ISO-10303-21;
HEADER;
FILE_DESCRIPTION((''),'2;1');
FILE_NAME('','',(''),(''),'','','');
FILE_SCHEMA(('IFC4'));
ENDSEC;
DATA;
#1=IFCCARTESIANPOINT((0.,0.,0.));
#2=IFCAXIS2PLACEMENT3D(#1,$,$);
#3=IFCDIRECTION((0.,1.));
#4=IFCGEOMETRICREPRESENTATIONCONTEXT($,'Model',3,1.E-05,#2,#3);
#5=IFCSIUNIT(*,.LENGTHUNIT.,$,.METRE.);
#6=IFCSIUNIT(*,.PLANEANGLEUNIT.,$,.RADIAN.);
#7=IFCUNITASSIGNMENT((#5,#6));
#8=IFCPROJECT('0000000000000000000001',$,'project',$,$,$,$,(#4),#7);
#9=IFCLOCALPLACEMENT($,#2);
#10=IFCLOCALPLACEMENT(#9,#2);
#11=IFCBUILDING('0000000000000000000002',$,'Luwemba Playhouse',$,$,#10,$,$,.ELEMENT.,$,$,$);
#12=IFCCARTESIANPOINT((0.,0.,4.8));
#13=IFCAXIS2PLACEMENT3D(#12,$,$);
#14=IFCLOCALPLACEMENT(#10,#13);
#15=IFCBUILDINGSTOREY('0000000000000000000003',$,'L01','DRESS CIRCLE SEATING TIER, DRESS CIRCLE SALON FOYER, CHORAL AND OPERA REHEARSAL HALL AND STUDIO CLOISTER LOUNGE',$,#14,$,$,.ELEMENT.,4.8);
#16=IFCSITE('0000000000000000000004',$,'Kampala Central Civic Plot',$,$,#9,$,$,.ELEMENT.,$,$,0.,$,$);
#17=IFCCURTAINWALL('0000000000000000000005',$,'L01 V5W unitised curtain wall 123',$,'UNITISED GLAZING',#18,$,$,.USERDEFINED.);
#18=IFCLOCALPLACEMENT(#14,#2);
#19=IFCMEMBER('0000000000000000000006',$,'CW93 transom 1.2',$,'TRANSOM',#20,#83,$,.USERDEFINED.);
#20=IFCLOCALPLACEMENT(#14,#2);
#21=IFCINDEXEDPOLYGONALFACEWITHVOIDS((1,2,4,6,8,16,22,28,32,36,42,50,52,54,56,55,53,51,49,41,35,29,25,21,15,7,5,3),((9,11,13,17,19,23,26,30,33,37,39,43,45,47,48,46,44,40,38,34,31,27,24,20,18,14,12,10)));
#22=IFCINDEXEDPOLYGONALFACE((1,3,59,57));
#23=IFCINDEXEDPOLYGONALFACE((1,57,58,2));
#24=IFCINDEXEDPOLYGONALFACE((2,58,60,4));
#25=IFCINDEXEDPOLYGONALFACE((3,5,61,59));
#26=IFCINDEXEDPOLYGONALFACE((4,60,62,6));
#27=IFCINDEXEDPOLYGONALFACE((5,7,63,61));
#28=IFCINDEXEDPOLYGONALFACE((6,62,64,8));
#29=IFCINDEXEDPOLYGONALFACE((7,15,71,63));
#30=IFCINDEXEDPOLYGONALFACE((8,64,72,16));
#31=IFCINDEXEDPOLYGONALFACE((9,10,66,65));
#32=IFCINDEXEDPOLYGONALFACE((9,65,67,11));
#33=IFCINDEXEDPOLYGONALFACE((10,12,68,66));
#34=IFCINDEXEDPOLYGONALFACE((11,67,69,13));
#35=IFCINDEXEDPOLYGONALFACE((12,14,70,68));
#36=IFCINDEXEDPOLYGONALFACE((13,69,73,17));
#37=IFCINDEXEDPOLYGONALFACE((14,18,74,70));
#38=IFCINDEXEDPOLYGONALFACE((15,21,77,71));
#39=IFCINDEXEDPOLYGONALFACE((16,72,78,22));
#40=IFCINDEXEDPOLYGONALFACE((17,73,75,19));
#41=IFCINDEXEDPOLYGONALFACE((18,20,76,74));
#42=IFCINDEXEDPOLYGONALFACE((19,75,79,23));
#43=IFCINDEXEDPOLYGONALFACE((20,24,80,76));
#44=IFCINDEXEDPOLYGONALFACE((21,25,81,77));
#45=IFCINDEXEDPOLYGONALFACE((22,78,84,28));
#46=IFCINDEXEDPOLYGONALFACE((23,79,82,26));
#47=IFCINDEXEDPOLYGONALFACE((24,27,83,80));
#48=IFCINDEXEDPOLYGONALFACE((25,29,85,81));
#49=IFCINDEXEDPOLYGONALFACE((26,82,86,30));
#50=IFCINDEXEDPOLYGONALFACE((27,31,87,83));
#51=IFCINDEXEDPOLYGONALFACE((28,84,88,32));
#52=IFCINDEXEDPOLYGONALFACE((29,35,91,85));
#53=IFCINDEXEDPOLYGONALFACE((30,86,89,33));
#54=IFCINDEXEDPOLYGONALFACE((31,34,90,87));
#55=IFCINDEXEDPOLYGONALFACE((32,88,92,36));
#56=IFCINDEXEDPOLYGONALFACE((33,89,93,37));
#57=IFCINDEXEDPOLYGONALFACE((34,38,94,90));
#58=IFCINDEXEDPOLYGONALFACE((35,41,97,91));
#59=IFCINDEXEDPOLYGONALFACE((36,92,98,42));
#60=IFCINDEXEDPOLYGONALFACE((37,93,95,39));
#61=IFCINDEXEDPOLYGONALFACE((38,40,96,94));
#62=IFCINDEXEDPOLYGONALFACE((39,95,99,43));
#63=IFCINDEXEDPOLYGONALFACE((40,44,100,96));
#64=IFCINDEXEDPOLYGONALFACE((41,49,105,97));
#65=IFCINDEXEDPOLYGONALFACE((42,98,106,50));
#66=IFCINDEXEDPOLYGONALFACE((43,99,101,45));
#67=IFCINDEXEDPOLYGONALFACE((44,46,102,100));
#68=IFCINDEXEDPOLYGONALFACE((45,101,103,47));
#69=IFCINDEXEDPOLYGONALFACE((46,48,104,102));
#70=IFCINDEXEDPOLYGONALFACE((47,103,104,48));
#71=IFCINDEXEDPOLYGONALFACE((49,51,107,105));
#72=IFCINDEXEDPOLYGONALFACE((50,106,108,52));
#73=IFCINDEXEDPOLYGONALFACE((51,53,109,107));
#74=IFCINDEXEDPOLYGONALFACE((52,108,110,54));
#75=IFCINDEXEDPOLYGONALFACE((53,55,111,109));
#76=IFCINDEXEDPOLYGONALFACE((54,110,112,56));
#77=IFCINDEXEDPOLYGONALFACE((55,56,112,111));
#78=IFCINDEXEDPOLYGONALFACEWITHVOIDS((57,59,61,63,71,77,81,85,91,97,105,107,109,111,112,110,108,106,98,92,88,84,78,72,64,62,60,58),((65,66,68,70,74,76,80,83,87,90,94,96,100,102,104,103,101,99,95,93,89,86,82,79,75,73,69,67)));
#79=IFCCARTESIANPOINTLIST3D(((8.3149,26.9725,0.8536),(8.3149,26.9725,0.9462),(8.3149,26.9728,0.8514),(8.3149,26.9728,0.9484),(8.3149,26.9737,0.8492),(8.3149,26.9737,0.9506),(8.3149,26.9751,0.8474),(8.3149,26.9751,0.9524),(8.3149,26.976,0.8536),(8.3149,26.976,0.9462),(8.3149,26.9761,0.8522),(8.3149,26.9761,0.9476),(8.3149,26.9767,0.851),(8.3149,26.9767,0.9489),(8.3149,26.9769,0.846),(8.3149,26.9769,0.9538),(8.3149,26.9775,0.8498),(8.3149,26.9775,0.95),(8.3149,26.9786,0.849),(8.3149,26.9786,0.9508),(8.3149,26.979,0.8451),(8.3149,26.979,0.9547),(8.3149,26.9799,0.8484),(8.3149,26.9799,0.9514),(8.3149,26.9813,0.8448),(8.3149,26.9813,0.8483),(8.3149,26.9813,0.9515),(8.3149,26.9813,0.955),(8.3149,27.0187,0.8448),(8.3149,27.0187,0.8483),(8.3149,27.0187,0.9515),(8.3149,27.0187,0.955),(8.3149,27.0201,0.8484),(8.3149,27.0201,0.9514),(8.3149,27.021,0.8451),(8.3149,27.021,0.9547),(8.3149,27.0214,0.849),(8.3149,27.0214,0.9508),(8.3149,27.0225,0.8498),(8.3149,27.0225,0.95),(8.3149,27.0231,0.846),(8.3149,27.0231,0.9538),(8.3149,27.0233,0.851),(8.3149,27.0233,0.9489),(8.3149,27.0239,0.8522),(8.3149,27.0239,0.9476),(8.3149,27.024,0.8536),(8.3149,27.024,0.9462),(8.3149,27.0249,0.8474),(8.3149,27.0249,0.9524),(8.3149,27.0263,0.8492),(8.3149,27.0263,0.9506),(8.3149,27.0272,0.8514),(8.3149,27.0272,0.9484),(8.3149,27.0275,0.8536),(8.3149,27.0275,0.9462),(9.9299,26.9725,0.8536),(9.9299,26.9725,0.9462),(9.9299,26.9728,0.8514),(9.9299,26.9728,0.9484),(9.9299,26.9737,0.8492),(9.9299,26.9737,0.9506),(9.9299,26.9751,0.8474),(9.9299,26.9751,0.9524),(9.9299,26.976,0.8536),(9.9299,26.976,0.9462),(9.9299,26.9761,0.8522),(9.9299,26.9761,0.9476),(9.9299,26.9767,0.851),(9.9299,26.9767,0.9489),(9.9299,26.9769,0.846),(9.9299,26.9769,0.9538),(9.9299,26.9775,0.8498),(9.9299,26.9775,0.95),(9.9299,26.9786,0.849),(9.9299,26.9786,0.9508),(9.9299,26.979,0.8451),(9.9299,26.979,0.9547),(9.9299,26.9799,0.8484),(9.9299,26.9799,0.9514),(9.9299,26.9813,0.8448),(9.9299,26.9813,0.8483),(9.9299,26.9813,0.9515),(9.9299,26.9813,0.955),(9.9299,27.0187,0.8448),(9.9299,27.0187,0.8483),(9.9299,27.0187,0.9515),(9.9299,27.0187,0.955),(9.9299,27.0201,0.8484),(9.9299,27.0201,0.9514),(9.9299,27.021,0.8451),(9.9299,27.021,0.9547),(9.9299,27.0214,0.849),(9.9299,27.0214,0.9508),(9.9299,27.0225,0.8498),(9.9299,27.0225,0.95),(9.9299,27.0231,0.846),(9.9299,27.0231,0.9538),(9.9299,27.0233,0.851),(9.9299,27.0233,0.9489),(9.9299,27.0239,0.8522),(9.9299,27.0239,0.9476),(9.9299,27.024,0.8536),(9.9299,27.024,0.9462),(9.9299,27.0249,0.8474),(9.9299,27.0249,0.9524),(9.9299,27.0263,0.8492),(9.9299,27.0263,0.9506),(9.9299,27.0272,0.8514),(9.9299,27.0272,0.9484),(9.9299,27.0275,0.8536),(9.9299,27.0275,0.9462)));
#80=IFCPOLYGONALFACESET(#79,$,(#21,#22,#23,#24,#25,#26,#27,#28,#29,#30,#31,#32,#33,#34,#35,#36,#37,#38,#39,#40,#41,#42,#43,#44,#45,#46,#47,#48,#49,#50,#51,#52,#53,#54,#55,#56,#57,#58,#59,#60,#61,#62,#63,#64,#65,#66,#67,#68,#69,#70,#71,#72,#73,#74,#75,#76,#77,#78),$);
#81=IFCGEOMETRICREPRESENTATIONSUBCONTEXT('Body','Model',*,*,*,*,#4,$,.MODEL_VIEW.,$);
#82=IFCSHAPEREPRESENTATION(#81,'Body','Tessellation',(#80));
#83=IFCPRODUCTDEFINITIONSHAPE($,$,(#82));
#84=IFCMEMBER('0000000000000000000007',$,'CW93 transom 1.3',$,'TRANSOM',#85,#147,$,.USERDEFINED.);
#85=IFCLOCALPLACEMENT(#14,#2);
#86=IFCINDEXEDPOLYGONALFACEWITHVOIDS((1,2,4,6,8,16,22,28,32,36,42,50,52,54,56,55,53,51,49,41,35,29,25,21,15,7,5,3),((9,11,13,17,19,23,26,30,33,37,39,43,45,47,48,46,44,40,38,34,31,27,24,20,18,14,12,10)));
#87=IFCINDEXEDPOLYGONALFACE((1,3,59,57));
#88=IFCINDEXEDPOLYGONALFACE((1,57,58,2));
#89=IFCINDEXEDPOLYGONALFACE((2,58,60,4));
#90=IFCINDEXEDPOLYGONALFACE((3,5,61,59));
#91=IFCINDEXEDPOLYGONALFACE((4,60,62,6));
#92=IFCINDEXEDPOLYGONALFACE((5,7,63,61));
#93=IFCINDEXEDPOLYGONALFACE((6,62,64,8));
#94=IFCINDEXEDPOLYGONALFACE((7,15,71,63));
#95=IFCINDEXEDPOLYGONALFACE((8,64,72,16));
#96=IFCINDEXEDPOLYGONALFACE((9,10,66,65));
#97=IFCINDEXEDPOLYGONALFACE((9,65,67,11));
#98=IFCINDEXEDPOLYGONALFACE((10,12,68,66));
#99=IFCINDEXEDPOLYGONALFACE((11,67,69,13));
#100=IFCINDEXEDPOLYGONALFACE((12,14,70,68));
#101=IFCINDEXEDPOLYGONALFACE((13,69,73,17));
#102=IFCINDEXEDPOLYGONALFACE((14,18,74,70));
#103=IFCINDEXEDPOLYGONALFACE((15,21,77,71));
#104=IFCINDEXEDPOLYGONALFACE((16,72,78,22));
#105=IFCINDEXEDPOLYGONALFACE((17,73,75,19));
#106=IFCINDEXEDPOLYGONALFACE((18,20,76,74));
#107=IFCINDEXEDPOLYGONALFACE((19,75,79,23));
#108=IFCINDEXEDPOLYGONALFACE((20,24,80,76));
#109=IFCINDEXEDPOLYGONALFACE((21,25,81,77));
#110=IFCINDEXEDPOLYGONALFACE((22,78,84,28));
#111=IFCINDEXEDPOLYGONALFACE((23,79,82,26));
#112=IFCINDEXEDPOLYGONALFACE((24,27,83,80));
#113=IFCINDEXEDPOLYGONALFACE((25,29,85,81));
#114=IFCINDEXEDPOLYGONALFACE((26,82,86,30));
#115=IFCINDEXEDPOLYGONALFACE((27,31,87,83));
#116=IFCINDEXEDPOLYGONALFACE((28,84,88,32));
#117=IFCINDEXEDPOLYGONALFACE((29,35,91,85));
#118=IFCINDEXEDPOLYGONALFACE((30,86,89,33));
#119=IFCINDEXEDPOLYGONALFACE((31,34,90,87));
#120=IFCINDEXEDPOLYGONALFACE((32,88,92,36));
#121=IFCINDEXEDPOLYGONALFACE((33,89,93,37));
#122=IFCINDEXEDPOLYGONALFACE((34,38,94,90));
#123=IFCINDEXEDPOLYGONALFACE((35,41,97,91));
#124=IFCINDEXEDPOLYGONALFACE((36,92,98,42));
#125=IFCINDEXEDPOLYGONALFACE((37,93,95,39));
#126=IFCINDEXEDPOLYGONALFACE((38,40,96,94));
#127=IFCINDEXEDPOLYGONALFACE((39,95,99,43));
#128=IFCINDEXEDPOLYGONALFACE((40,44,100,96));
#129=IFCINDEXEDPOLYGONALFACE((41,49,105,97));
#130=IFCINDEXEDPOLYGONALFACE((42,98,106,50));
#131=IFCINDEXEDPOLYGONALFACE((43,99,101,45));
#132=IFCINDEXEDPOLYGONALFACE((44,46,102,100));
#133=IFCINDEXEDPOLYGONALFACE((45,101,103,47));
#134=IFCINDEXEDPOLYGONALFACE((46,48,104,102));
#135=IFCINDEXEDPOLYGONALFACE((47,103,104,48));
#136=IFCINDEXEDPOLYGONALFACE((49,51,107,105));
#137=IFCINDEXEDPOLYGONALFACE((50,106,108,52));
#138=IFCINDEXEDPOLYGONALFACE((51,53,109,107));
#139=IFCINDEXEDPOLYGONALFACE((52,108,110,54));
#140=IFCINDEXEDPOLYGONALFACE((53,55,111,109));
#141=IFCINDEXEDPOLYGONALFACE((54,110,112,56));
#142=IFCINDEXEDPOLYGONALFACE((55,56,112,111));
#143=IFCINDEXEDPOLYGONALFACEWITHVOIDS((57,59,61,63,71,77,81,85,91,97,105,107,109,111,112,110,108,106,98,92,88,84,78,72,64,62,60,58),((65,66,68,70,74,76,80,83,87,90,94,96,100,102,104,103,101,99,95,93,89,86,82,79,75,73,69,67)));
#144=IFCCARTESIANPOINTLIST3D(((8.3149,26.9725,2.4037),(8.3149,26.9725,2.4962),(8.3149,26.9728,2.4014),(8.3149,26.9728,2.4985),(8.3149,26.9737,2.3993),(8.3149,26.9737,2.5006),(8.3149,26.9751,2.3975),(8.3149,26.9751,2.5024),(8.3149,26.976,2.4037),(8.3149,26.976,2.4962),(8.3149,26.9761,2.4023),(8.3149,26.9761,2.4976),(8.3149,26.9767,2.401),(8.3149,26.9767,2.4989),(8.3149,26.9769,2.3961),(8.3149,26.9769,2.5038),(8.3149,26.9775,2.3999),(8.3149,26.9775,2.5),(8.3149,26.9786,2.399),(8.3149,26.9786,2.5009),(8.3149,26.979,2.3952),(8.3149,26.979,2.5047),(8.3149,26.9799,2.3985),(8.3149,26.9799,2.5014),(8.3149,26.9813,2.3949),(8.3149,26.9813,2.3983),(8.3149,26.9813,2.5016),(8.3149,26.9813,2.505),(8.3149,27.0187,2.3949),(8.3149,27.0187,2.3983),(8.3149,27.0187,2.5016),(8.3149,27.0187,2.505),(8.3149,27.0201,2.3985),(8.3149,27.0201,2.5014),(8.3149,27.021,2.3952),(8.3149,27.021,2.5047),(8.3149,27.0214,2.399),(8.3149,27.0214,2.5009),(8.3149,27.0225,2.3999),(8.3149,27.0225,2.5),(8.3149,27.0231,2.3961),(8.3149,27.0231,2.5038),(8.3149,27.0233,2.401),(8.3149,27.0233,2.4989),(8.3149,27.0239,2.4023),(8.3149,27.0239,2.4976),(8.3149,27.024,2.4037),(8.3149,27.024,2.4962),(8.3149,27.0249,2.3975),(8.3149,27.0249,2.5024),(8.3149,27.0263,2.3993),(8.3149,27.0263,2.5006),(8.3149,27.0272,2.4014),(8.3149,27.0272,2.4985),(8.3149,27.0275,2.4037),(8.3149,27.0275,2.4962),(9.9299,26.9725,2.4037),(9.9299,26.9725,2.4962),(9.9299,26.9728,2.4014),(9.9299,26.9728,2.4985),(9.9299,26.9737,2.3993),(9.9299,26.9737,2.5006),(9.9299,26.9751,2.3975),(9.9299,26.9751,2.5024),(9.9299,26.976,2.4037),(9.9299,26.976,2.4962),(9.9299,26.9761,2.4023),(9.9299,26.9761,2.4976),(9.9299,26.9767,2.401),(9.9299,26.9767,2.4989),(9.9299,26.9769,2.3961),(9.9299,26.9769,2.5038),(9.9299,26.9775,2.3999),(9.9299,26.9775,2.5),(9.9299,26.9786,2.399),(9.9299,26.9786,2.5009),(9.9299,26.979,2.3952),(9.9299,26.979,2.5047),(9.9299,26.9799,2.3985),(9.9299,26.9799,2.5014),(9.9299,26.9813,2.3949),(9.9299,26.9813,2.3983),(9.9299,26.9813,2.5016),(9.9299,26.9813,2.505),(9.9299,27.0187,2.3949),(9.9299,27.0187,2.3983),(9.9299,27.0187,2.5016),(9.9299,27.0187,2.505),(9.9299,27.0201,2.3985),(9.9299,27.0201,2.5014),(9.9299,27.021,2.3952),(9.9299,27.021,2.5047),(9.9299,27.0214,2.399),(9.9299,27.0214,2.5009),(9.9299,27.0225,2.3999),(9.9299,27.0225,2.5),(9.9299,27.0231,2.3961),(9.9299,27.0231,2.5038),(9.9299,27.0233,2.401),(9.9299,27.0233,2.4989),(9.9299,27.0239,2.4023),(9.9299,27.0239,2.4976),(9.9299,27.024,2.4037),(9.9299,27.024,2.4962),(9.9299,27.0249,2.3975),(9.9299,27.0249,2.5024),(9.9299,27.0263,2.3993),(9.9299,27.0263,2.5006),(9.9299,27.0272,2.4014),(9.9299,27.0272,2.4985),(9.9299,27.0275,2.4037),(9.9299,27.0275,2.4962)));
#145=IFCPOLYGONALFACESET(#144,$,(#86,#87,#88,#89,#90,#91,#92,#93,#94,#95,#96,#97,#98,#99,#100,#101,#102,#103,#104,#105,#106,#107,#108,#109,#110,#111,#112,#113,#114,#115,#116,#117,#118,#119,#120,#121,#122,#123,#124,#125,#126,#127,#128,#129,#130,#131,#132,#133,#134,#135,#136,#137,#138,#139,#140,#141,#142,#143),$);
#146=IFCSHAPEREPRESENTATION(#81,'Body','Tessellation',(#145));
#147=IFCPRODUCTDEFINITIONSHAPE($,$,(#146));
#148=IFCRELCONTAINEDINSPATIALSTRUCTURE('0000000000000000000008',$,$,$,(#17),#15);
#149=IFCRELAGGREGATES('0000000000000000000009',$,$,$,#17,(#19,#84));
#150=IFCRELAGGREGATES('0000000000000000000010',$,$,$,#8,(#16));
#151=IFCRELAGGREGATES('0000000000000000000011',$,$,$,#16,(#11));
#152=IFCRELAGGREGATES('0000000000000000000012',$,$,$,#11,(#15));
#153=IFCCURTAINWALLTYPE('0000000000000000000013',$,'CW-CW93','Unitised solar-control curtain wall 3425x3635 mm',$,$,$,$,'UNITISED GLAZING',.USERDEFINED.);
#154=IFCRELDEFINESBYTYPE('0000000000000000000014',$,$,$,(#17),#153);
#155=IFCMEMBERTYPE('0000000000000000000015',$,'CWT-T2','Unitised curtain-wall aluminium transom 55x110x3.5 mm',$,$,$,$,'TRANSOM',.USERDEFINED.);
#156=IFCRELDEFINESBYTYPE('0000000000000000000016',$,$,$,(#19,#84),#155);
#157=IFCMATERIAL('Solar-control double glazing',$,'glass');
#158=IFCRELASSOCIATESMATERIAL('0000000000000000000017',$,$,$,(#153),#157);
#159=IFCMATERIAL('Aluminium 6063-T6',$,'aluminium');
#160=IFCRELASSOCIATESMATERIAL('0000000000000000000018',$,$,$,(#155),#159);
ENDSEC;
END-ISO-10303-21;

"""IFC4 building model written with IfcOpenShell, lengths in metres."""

from ifc_helpers import new_model, si_unit, direction, frame, origin, origin_2d, place, context, subcontext, project, spatial, hollow_rectangle, extrude, material, material_profile, profile_set, type_object, element, aggregate, save


model = new_model("IFC4")

# Units and contexts
model_context = context("Model", 3, precision=1e-05, world=origin(), true_north=direction((0.0, 1.0)))
body_context = subcontext(model_context, "Body", "Model", "MODEL_VIEW")
ifc_project = project(units=[si_unit("LENGTHUNIT", "METRE"), si_unit("PLANEANGLEUNIT", "RADIAN")], contexts=[model_context])

# Site, building, storey
site_placement = place(None, origin())
site = spatial("IfcSite", under=ifc_project, at=site_placement, Name="Kampala Central Civic Plot", CompositionType="ELEMENT", RefElevation=0.0)
building_placement = place(site_placement, origin())
building = spatial("IfcBuilding", under=site, at=building_placement, Name="Luwemba Playhouse", CompositionType="ELEMENT")
storey_placement = place(building_placement, frame((0.0, 0.0, 4.8)))
storey = spatial("IfcBuildingStorey", under=building, at=storey_placement, Name="L01", Description="DRESS CIRCLE SEATING TIER, DRESS CIRCLE SALON FOYER, CHORAL AND OPERA REHEARSAL HALL AND STUDIO CLOISTER LOUNGE", CompositionType="ELEMENT", Elevation=4.8)

# Shared definitions
ifc_material_1 = material(Name="Solar-control double glazing", Category="glass")
ifc_material_2 = material(Name="Aluminium 6063-T6", Category="aluminium")

# Curtain wall
curtain_wall_type_1 = type_object("IfcCurtainWallType", Name="CW-CW93", Description="Unitised solar-control curtain wall 3425x3635 mm", ElementType="UNITISED GLAZING", PredefinedType="USERDEFINED", material=ifc_material_1)
curtain_wall_1_placement = place(storey_placement, origin())
curtain_wall_1 = element("IfcCurtainWall", 1, at=curtain_wall_1_placement, inside=storey, type_object=curtain_wall_type_1, Name="L01 V5W unitised curtain wall 123", ObjectType="UNITISED GLAZING", PredefinedType="USERDEFINED")

# Members
ifc_material_profile_1 = material_profile(ifc_material_2, hollow_rectangle(XDim=0.0549, YDim=0.1101, WallThickness=0.0034, InnerFilletRadius=0.0054, OuterFilletRadius=0.0088, at=origin_2d()))
ifc_profile_set_1 = profile_set([ifc_material_profile_1], Name="Aluminium 6063-T6")
member_type_1 = type_object("IfcMemberType", Name="CWT-T2", Description="Unitised curtain-wall aluminium transom 55x110x3.5 mm", ElementType="TRANSOM", PredefinedType="USERDEFINED", material=ifc_profile_set_1)
member_1_placement = place(storey_placement, frame((8.3149, 27.0, 0.8999), z_axis=(1.0, 0.0, 0.0), x_axis=(0.0, 1.0, 0.0)))
member_1 = element("IfcMember", 2, at=member_1_placement, type_object=member_type_1, Name="CW93 transom 1.2", ObjectType="TRANSOM", PredefinedType="USERDEFINED", context=body_context, shape_type="SweptSolid", body=[
    extrude(hollow_rectangle(XDim=0.0549, YDim=0.1101, WallThickness=0.0034, InnerFilletRadius=0.0054, OuterFilletRadius=0.0088, at=origin_2d()), origin(), (0.0, 0.0, 1.0), 1.615),
])
member_2_placement = place(storey_placement, frame((8.3149, 27.0, 2.45), z_axis=(1.0, 0.0, 0.0), x_axis=(0.0, 1.0, 0.0)))
member_2 = element("IfcMember", 3, at=member_2_placement, type_object=member_type_1, Name="CW93 transom 1.3", ObjectType="TRANSOM", PredefinedType="USERDEFINED", context=body_context, shape_type="SweptSolid", body=[
    extrude(hollow_rectangle(XDim=0.0549, YDim=0.1101, WallThickness=0.0034, InnerFilletRadius=0.0054, OuterFilletRadius=0.0088, at=origin_2d()), origin(), (0.0, 0.0, 1.0), 1.615),
])

aggregate(curtain_wall_1, [member_1, member_2])

save(model, "model.ifc")
